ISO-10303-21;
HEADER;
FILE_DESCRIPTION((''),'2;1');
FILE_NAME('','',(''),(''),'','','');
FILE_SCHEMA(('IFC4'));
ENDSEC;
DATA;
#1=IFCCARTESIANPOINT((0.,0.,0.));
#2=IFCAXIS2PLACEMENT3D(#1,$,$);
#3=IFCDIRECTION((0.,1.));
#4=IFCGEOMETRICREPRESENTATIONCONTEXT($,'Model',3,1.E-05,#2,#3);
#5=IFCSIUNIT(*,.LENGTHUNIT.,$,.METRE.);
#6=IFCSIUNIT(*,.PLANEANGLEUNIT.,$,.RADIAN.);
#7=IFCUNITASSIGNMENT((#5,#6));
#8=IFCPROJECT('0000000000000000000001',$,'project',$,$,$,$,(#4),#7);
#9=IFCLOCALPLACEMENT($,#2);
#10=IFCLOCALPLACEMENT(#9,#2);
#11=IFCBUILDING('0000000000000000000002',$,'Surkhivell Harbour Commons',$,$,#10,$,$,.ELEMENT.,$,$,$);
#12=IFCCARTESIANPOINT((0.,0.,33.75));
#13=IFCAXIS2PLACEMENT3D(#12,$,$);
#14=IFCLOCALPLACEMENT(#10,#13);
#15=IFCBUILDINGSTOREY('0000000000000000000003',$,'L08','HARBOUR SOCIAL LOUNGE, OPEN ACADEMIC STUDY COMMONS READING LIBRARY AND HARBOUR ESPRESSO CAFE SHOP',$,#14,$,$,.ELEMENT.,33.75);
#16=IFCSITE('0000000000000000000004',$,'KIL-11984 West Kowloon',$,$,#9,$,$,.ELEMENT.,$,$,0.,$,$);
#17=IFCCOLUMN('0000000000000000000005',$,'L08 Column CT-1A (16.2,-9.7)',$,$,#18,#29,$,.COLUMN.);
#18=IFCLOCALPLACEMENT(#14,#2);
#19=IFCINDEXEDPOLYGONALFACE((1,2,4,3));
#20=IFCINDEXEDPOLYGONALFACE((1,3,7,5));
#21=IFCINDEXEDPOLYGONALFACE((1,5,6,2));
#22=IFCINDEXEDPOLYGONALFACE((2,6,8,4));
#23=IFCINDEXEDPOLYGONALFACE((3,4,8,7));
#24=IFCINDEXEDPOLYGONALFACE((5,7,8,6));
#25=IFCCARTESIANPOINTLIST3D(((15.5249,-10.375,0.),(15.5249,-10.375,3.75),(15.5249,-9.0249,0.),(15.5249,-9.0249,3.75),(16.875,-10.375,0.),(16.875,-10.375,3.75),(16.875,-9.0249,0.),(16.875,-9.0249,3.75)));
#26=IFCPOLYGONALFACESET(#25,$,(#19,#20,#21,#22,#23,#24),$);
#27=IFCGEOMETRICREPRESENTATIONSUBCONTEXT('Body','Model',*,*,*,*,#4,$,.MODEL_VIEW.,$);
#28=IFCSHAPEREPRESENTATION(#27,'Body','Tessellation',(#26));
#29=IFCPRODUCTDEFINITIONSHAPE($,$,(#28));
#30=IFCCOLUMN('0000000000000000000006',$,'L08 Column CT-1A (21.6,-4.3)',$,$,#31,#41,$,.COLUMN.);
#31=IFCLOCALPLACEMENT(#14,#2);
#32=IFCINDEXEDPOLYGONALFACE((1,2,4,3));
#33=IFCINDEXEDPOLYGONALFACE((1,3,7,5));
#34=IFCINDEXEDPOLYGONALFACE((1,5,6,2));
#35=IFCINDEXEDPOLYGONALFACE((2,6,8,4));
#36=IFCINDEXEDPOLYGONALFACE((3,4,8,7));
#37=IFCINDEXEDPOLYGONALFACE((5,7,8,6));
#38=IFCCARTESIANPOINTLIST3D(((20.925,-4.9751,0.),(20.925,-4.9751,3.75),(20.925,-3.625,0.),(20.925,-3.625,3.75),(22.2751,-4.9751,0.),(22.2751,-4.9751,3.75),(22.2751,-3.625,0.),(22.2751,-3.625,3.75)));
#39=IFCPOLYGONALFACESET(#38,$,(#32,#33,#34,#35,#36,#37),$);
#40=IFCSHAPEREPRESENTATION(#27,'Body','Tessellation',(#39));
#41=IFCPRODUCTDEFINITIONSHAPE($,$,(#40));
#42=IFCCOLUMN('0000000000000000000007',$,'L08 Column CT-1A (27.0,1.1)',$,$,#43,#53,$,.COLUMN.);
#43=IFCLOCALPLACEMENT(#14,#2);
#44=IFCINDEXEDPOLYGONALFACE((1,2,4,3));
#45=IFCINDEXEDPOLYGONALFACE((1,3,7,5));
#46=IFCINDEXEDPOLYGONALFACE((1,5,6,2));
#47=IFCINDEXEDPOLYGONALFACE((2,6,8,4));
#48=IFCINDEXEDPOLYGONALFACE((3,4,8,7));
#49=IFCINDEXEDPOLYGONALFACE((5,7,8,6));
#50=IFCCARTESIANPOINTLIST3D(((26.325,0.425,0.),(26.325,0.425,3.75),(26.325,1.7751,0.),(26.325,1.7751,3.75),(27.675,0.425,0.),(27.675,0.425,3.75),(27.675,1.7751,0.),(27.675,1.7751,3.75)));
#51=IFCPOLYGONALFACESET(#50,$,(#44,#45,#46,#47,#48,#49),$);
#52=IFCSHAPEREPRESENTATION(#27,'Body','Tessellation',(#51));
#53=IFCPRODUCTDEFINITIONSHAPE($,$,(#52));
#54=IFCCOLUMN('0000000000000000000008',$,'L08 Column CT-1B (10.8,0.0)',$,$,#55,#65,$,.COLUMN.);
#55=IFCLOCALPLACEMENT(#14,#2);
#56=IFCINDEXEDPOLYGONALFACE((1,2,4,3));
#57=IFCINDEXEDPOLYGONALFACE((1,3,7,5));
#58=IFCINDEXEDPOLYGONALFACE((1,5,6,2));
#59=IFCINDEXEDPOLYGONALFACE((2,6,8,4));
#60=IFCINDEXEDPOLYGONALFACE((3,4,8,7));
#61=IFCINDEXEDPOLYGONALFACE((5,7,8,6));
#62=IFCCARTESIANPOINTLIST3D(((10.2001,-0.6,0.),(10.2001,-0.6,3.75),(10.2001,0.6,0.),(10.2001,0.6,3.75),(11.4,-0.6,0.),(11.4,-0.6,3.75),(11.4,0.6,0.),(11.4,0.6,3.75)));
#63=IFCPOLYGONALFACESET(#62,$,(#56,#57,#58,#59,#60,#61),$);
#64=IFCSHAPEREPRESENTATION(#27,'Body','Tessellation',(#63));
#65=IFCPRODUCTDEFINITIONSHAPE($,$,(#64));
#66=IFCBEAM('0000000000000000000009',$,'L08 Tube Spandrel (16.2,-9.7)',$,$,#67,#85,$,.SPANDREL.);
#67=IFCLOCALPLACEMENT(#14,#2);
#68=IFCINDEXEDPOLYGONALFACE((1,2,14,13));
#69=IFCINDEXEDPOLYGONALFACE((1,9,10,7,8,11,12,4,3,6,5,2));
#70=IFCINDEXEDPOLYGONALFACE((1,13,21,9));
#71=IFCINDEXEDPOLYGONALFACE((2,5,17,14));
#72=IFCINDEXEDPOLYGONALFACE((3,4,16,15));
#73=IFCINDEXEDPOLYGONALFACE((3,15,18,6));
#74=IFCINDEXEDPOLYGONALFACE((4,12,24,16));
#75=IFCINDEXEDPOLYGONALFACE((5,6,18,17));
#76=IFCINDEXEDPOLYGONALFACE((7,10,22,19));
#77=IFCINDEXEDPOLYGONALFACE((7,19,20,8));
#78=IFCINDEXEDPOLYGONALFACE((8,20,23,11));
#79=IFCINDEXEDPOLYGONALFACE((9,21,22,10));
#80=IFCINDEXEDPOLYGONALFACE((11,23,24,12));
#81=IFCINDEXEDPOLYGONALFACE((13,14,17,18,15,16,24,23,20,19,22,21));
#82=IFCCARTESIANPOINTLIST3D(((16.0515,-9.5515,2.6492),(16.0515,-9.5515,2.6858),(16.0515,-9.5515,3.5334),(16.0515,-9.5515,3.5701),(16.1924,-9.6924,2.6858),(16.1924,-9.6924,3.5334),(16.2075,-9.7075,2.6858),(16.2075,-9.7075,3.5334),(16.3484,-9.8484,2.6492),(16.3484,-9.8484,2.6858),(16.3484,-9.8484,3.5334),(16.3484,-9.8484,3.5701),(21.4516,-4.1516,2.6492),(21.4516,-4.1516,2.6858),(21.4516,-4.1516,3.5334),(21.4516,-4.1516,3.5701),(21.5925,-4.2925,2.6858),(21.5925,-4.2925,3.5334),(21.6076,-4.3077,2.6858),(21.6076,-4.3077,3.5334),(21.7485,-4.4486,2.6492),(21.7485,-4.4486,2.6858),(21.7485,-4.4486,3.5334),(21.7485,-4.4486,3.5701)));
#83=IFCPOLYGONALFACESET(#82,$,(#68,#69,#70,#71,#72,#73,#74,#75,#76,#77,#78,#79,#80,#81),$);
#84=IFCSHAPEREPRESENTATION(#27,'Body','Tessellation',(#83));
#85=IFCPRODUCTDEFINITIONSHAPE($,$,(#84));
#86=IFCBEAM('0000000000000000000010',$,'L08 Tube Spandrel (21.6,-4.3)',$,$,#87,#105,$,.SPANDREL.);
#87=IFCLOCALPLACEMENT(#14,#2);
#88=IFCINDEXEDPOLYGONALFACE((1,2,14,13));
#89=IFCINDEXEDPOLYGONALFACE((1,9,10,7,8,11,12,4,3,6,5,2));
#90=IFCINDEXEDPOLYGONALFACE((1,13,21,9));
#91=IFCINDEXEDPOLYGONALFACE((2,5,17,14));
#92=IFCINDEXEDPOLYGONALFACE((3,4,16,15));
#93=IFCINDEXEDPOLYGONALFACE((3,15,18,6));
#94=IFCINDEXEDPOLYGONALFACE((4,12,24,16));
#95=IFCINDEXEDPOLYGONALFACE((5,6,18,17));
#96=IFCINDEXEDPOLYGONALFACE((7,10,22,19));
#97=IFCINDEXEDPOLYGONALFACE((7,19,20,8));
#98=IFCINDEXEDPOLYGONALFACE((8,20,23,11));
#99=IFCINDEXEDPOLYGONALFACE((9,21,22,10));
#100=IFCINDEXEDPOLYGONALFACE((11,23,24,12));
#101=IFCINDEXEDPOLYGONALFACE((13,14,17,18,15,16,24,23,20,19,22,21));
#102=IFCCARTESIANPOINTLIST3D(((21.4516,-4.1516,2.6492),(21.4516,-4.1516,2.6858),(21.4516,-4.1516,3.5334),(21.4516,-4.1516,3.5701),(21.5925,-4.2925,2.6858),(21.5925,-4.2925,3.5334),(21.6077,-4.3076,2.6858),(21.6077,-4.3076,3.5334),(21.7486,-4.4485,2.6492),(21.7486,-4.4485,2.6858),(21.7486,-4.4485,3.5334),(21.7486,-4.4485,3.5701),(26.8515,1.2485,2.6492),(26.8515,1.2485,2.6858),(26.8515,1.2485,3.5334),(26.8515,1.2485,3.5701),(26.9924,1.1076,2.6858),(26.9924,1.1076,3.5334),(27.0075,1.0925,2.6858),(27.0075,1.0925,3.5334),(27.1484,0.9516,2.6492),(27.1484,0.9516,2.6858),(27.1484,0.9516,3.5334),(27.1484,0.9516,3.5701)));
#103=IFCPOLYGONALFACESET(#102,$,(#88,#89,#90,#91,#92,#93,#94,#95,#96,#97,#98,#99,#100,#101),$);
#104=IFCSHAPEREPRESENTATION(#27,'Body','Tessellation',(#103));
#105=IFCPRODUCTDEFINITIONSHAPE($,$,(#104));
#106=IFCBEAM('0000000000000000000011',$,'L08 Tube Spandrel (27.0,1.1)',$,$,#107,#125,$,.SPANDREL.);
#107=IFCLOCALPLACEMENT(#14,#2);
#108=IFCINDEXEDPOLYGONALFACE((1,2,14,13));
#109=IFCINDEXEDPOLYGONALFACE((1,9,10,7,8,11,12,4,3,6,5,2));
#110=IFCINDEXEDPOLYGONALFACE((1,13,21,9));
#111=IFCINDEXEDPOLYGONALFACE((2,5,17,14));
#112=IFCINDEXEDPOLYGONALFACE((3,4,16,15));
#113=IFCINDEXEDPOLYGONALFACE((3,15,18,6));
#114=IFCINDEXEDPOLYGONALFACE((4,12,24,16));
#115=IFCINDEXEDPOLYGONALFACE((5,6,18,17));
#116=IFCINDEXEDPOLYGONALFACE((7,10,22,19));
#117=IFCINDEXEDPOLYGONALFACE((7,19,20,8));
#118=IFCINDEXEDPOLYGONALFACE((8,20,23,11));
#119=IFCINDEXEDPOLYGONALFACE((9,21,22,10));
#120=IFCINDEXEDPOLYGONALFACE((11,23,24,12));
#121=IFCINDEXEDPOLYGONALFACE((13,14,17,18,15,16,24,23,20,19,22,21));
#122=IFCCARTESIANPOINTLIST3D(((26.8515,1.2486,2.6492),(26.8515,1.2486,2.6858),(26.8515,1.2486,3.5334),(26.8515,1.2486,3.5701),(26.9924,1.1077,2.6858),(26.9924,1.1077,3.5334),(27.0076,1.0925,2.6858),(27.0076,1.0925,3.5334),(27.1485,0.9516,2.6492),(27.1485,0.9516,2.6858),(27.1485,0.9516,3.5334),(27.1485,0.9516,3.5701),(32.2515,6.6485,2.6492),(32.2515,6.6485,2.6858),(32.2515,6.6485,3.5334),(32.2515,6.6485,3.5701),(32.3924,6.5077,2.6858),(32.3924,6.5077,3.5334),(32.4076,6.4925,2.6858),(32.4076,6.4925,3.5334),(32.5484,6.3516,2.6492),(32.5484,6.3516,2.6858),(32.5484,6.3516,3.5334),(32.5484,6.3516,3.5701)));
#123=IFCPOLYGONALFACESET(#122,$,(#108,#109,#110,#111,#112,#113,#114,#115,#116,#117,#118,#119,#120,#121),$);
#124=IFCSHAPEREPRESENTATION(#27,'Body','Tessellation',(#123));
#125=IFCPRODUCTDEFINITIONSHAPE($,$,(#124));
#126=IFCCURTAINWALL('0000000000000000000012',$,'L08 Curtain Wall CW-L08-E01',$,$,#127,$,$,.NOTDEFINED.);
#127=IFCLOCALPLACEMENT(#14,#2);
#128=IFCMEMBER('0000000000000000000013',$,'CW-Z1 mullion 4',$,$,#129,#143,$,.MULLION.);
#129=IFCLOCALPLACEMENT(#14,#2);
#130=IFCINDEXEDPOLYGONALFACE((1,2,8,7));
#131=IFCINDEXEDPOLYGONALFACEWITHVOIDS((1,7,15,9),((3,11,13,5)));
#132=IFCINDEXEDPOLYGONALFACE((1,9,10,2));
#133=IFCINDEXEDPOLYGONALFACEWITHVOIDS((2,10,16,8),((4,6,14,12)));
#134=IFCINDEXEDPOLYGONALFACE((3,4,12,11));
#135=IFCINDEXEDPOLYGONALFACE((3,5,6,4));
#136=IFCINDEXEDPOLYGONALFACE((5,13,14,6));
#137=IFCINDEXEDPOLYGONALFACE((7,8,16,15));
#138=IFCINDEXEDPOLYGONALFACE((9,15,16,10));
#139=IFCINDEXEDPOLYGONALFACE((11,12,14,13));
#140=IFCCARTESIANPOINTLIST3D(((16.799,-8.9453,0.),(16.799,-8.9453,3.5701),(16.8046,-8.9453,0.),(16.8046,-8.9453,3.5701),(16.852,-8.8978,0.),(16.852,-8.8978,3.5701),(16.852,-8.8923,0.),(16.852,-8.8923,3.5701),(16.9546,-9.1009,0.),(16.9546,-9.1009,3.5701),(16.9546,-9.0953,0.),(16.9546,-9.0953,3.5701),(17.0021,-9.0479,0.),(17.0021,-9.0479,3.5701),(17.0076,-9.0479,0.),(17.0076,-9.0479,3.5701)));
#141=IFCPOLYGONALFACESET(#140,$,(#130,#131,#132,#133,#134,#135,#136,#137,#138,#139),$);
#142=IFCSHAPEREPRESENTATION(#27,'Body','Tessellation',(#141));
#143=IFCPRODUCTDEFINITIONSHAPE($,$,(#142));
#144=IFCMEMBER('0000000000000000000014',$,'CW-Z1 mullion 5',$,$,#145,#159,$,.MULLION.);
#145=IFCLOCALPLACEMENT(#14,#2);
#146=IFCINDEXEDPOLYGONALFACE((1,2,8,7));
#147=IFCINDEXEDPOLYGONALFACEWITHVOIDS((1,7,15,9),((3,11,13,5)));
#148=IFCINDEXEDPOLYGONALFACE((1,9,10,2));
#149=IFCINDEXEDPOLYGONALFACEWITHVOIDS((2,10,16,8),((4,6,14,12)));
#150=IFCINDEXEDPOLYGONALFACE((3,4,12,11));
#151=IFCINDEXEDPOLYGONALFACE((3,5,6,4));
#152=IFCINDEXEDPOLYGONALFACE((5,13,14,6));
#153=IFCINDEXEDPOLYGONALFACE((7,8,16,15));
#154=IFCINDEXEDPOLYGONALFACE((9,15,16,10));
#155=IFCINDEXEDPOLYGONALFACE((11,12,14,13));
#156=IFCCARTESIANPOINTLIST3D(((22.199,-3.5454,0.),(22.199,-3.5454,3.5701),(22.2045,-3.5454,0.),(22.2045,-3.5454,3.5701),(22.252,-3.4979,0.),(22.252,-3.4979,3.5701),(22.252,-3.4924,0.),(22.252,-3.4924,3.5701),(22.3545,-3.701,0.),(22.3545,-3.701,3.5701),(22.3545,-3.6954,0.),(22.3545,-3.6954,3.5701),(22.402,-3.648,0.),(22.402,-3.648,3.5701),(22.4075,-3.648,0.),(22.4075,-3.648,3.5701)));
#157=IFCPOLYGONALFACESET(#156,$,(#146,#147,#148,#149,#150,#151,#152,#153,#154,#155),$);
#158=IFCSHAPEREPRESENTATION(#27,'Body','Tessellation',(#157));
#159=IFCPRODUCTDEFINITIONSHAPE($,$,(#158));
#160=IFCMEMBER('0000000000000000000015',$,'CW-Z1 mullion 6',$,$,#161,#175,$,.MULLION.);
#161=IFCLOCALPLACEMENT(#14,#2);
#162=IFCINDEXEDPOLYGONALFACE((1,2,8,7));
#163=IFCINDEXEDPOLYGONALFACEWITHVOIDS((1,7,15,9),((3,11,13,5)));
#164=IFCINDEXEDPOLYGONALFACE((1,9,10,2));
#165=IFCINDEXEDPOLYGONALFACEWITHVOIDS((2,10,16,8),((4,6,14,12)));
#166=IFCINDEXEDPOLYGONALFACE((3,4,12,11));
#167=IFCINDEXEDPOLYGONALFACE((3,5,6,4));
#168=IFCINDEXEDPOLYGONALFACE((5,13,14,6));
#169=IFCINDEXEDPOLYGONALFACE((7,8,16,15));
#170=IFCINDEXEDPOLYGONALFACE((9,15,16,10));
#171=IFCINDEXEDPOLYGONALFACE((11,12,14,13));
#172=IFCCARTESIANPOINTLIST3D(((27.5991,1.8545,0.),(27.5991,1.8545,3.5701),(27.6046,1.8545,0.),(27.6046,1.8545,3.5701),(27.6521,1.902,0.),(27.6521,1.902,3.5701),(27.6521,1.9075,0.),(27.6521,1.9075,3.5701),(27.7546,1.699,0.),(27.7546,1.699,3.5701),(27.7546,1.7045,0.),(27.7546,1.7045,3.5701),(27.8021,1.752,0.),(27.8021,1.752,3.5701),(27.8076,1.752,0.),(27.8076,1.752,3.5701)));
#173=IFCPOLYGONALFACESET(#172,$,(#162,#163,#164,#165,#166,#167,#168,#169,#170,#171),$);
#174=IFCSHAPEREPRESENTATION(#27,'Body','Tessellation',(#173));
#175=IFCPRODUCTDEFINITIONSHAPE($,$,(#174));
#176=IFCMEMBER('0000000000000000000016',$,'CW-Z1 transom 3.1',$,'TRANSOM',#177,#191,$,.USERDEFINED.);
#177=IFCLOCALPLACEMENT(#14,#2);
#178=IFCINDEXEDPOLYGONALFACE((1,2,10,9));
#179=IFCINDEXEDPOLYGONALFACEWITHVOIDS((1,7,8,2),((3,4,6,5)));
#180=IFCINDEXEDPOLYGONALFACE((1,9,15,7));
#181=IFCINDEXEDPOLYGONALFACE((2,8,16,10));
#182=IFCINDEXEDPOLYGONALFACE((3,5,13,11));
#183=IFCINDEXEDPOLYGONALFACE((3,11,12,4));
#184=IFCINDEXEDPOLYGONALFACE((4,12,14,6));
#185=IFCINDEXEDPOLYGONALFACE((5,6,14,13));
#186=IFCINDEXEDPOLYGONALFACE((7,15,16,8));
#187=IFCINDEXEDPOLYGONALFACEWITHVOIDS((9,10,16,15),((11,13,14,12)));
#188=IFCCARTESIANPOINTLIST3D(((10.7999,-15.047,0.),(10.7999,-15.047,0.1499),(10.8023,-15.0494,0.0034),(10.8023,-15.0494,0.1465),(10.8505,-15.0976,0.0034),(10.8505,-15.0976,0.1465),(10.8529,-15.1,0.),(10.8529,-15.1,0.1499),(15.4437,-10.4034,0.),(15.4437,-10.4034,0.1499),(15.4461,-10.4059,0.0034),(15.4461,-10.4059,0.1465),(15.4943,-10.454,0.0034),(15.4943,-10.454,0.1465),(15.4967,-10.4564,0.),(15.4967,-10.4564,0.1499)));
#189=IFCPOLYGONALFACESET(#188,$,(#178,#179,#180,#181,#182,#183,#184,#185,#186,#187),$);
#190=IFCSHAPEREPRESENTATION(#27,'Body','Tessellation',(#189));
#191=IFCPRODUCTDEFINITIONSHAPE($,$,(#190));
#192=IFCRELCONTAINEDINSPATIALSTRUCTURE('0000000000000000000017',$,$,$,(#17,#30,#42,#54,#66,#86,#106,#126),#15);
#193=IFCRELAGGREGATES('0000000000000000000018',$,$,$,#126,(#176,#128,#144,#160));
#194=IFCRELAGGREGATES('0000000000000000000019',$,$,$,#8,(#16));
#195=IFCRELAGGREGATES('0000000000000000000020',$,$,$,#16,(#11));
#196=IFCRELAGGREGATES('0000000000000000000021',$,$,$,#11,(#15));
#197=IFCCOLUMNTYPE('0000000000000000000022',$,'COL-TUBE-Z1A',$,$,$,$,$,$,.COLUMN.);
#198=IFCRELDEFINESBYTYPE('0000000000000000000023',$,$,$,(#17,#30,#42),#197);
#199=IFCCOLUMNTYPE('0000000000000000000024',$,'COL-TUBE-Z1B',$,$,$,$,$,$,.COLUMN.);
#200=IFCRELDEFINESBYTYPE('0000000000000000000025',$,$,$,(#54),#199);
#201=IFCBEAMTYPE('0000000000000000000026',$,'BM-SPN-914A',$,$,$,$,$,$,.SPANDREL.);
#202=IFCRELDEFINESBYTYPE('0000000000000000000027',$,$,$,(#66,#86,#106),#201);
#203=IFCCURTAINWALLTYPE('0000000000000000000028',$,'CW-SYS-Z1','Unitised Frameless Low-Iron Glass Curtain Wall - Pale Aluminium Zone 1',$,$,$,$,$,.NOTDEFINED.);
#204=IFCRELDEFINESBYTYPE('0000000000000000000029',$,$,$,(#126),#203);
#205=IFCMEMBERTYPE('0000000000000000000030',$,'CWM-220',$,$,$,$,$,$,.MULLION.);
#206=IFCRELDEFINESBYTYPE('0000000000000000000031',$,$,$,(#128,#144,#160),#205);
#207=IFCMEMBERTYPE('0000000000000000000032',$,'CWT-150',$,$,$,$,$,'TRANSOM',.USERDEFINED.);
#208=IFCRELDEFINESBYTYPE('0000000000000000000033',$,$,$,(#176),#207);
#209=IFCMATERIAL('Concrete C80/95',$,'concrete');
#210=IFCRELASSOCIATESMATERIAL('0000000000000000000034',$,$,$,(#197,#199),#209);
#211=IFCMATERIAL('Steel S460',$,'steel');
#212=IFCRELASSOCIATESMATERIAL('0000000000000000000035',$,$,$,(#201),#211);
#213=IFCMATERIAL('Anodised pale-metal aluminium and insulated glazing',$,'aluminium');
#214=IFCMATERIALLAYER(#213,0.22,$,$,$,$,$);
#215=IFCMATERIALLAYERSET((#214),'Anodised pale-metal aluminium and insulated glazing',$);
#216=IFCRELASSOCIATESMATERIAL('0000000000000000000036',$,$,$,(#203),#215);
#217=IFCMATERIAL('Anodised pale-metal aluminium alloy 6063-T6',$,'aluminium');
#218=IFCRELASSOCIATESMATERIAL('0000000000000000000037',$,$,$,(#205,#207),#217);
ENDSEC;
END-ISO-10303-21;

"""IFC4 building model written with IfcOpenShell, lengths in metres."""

from ifc_helpers import new_model, si_unit, direction, frame, origin, origin_2d, place, context, subcontext, project, spatial, rectangle, hollow_rectangle, i_section, extrude, material, layer, layer_set, material_profile, profile_set, type_object, element, aggregate, save


model = new_model("IFC4")

# Units and contexts
model_context = context("Model", 3, precision=1e-05, world=origin(), true_north=direction((0.0, 1.0)))
body_context = subcontext(model_context, "Body", "Model", "MODEL_VIEW")
ifc_project = project(units=[si_unit("LENGTHUNIT", "METRE"), si_unit("PLANEANGLEUNIT", "RADIAN")], contexts=[model_context])

# Site, building, storey
site_placement = place(None, origin())
site = spatial("IfcSite", under=ifc_project, at=site_placement, Name="KIL-11984 West Kowloon", CompositionType="ELEMENT", RefElevation=0.0)
building_placement = place(site_placement, origin())
building = spatial("IfcBuilding", under=site, at=building_placement, Name="Surkhivell Harbour Commons", CompositionType="ELEMENT")
storey_placement = place(building_placement, frame((0.0, 0.0, 33.75)))
storey = spatial("IfcBuildingStorey", under=building, at=storey_placement, Name="L08", Description="HARBOUR SOCIAL LOUNGE, OPEN ACADEMIC STUDY COMMONS READING LIBRARY AND HARBOUR ESPRESSO CAFE SHOP", CompositionType="ELEMENT", Elevation=33.75)

# Columns
ifc_material_1 = material(Name="Concrete C80/95", Category="concrete")
ifc_material_profile_1 = material_profile(ifc_material_1, rectangle(XDim=1.3501, YDim=1.3501, at=origin_2d()), Name="RC-COL-1350x1350")
ifc_profile_set_1 = profile_set([ifc_material_profile_1], Name="Concrete C80/95")
column_type_1 = type_object("IfcColumnType", Name="COL-TUBE-Z1A", PredefinedType="COLUMN", material=ifc_profile_set_1)
for number, where, z_axis, x_axis, name in (
    (1, (16.2, -9.7, 0.0), (0.0, 0.0, 1.0), (1.0, 0.0, 0.0), "L08 Column CT-1A (16.2,-9.7)"),
    (2, (21.6001, -4.3, 0.0), (0.0, 0.0, 1.0), (1.0, 0.0, 0.0), "L08 Column CT-1A (21.6,-4.3)"),
    (3, (27.0, 1.1001, 0.0), (0.0, 0.0, 1.0), (1.0, 0.0, 0.0), "L08 Column CT-1A (27.0,1.1)"),
):
    element("IfcColumn", number, at=place(storey_placement, frame(where, z_axis=z_axis, x_axis=x_axis)), inside=storey, type_object=column_type_1, Name=name, PredefinedType="COLUMN", context=body_context, shape_type="SweptSolid", body=[
        extrude(rectangle(XDim=1.3501, YDim=1.3501, at=origin_2d()), origin(), (0.0, 0.0, 1.0), 3.75),
    ])
ifc_material_profile_2 = material_profile(ifc_material_1, rectangle(XDim=1.2, YDim=1.2, at=origin_2d()), Name="RC-COL-1200x1200")
ifc_profile_set_2 = profile_set([ifc_material_profile_2], Name="Concrete C80/95")
column_type_2 = type_object("IfcColumnType", Name="COL-TUBE-Z1B", PredefinedType="COLUMN", material=ifc_profile_set_2)
column_placement = place(storey_placement, frame((10.8, 0.0, 0.0), z_axis=(0.0, 0.0, 1.0), x_axis=(1.0, 0.0, 0.0)))
element("IfcColumn", 4, at=column_placement, inside=storey, type_object=column_type_2, Name="L08 Column CT-1B (10.8,0.0)", PredefinedType="COLUMN", context=body_context, shape_type="SweptSolid", body=[
    extrude(rectangle(XDim=1.2, YDim=1.2, at=origin_2d()), origin(), (0.0, 0.0, 1.0), 3.75),
])

# Beams
ifc_material_2 = material(Name="Steel S460", Category="steel")
ifc_material_profile_3 = material_profile(ifc_material_2, i_section(OverallWidth=0.4199, OverallDepth=0.9209, WebThickness=0.0215, FlangeThickness=0.0366, at=origin_2d()), Name="UB914x419x388")
ifc_profile_set_3 = profile_set([ifc_material_profile_3], Name="Steel S460")
beam_type = type_object("IfcBeamType", Name="BM-SPN-914A", PredefinedType="SPANDREL", material=ifc_profile_set_3)
for number, where, z_axis, x_axis, name in (
    (5, (16.2, -9.7, 3.1096), (0.707123, 0.707091, 0.0), (-0.707091, 0.707123, 0.0), "L08 Tube Spandrel (16.2,-9.7)"),
    (6, (21.6001, -4.3, 3.1096), (0.707091, 0.707123, 0.0), (-0.707123, 0.707091, 0.0), "L08 Tube Spandrel (21.6,-4.3)"),
    (7, (27.0, 1.1001, 3.1096), (0.707107, 0.707107, 0.0), (-0.707107, 0.707107, 0.0), "L08 Tube Spandrel (27.0,1.1)"),
):
    element("IfcBeam", number, at=place(storey_placement, frame(where, z_axis=z_axis, x_axis=x_axis)), inside=storey, type_object=beam_type, Name=name, PredefinedType="SPANDREL", context=body_context, shape_type="SweptSolid", body=[
        extrude(i_section(OverallWidth=0.4199, OverallDepth=0.9209, WebThickness=0.0215, FlangeThickness=0.0366, at=origin_2d()), origin(), (0.0, 0.0, 1.0), 7.6367),
    ])

# Curtain wall, members
ifc_material_3 = material(Name="Anodised pale-metal aluminium and insulated glazing", Category="aluminium")
ifc_layer_1 = layer(ifc_material_3, 0.22)
ifc_layer_set_1 = layer_set([ifc_layer_1], Name="Anodised pale-metal aluminium and insulated glazing")
curtain_wall_type = type_object("IfcCurtainWallType", Name="CW-SYS-Z1", Description="Unitised Frameless Low-Iron Glass Curtain Wall - Pale Aluminium Zone 1", PredefinedType="NOTDEFINED", material=ifc_layer_set_1)
curtain_wall_placement = place(storey_placement, origin())
curtain_wall = element("IfcCurtainWall", 8, at=curtain_wall_placement, inside=storey, type_object=curtain_wall_type, Name="L08 Curtain Wall CW-L08-E01", PredefinedType="NOTDEFINED")
ifc_material_4 = material(Name="Anodised pale-metal aluminium alloy 6063-T6", Category="aluminium")
ifc_material_profile_4 = material_profile(ifc_material_4, hollow_rectangle(XDim=0.075, YDim=0.22, WallThickness=0.0039, at=origin_2d()), Name="ALU-MULL-75x220")
ifc_profile_set_4 = profile_set([ifc_material_profile_4], Name="Anodised pale-metal aluminium alloy 6063-T6")
member_type_1 = type_object("IfcMemberType", Name="CWM-220", PredefinedType="MULLION", material=ifc_profile_set_4)
member_1_placement = place(storey_placement, frame((16.9033, -8.9966, 0.0), z_axis=(0.0, 0.0, 1.0), x_axis=(0.707107, 0.707107, 0.0)))
member_1 = element("IfcMember", 9, at=member_1_placement, type_object=member_type_1, Name="CW-Z1 mullion 4", PredefinedType="MULLION", context=body_context, shape_type="SweptSolid", body=[
    extrude(hollow_rectangle(XDim=0.075, YDim=0.22, WallThickness=0.0039, at=origin_2d()), origin(), (0.0, 0.0, 1.0), 3.5701),
])
member_2_placement = place(storey_placement, frame((22.3032, -3.5967, 0.0), z_axis=(0.0, 0.0, 1.0), x_axis=(0.707107, 0.707107, 0.0)))
member_2 = element("IfcMember", 10, at=member_2_placement, type_object=member_type_1, Name="CW-Z1 mullion 5", PredefinedType="MULLION", context=body_context, shape_type="SweptSolid", body=[
    extrude(hollow_rectangle(XDim=0.075, YDim=0.22, WallThickness=0.0039, at=origin_2d()), origin(), (0.0, 0.0, 1.0), 3.5701),
])
member_3_placement = place(storey_placement, frame((27.7034, 1.8032, 0.0), z_axis=(0.0, 0.0, 1.0), x_axis=(0.707107, 0.707107, 0.0)))
member_3 = element("IfcMember", 11, at=member_3_placement, type_object=member_type_1, Name="CW-Z1 mullion 6", PredefinedType="MULLION", context=body_context, shape_type="SweptSolid", body=[
    extrude(hollow_rectangle(XDim=0.075, YDim=0.22, WallThickness=0.0039, at=origin_2d()), origin(), (0.0, 0.0, 1.0), 3.5701),
])
ifc_material_profile_5 = material_profile(ifc_material_4, hollow_rectangle(XDim=0.075, YDim=0.1499, WallThickness=0.0034, at=origin_2d()), Name="ALU-TRAN-75x150")
ifc_profile_set_5 = profile_set([ifc_material_profile_5], Name="Anodised pale-metal aluminium alloy 6063-T6")
member_type_2 = type_object("IfcMemberType", Name="CWT-150", ElementType="TRANSOM", PredefinedType="USERDEFINED", material=ifc_profile_set_5)
member_4_placement = place(storey_placement, frame((10.8264, -15.0735, 0.075), z_axis=(0.707125, 0.707088, 0.0), x_axis=(-0.707088, 0.707125, 0.0)))
member_4 = element("IfcMember", 12, at=member_4_placement, type_object=member_type_2, Name="CW-Z1 transom 3.1", ObjectType="TRANSOM", PredefinedType="USERDEFINED", context=body_context, shape_type="SweptSolid", body=[
    extrude(hollow_rectangle(XDim=0.075, YDim=0.1499, WallThickness=0.0034, at=origin_2d()), origin(), (0.0, 0.0, 1.0), 6.5671),
])
aggregate(curtain_wall, [member_4, member_1, member_2, member_3])

save(model, "model.ifc")
